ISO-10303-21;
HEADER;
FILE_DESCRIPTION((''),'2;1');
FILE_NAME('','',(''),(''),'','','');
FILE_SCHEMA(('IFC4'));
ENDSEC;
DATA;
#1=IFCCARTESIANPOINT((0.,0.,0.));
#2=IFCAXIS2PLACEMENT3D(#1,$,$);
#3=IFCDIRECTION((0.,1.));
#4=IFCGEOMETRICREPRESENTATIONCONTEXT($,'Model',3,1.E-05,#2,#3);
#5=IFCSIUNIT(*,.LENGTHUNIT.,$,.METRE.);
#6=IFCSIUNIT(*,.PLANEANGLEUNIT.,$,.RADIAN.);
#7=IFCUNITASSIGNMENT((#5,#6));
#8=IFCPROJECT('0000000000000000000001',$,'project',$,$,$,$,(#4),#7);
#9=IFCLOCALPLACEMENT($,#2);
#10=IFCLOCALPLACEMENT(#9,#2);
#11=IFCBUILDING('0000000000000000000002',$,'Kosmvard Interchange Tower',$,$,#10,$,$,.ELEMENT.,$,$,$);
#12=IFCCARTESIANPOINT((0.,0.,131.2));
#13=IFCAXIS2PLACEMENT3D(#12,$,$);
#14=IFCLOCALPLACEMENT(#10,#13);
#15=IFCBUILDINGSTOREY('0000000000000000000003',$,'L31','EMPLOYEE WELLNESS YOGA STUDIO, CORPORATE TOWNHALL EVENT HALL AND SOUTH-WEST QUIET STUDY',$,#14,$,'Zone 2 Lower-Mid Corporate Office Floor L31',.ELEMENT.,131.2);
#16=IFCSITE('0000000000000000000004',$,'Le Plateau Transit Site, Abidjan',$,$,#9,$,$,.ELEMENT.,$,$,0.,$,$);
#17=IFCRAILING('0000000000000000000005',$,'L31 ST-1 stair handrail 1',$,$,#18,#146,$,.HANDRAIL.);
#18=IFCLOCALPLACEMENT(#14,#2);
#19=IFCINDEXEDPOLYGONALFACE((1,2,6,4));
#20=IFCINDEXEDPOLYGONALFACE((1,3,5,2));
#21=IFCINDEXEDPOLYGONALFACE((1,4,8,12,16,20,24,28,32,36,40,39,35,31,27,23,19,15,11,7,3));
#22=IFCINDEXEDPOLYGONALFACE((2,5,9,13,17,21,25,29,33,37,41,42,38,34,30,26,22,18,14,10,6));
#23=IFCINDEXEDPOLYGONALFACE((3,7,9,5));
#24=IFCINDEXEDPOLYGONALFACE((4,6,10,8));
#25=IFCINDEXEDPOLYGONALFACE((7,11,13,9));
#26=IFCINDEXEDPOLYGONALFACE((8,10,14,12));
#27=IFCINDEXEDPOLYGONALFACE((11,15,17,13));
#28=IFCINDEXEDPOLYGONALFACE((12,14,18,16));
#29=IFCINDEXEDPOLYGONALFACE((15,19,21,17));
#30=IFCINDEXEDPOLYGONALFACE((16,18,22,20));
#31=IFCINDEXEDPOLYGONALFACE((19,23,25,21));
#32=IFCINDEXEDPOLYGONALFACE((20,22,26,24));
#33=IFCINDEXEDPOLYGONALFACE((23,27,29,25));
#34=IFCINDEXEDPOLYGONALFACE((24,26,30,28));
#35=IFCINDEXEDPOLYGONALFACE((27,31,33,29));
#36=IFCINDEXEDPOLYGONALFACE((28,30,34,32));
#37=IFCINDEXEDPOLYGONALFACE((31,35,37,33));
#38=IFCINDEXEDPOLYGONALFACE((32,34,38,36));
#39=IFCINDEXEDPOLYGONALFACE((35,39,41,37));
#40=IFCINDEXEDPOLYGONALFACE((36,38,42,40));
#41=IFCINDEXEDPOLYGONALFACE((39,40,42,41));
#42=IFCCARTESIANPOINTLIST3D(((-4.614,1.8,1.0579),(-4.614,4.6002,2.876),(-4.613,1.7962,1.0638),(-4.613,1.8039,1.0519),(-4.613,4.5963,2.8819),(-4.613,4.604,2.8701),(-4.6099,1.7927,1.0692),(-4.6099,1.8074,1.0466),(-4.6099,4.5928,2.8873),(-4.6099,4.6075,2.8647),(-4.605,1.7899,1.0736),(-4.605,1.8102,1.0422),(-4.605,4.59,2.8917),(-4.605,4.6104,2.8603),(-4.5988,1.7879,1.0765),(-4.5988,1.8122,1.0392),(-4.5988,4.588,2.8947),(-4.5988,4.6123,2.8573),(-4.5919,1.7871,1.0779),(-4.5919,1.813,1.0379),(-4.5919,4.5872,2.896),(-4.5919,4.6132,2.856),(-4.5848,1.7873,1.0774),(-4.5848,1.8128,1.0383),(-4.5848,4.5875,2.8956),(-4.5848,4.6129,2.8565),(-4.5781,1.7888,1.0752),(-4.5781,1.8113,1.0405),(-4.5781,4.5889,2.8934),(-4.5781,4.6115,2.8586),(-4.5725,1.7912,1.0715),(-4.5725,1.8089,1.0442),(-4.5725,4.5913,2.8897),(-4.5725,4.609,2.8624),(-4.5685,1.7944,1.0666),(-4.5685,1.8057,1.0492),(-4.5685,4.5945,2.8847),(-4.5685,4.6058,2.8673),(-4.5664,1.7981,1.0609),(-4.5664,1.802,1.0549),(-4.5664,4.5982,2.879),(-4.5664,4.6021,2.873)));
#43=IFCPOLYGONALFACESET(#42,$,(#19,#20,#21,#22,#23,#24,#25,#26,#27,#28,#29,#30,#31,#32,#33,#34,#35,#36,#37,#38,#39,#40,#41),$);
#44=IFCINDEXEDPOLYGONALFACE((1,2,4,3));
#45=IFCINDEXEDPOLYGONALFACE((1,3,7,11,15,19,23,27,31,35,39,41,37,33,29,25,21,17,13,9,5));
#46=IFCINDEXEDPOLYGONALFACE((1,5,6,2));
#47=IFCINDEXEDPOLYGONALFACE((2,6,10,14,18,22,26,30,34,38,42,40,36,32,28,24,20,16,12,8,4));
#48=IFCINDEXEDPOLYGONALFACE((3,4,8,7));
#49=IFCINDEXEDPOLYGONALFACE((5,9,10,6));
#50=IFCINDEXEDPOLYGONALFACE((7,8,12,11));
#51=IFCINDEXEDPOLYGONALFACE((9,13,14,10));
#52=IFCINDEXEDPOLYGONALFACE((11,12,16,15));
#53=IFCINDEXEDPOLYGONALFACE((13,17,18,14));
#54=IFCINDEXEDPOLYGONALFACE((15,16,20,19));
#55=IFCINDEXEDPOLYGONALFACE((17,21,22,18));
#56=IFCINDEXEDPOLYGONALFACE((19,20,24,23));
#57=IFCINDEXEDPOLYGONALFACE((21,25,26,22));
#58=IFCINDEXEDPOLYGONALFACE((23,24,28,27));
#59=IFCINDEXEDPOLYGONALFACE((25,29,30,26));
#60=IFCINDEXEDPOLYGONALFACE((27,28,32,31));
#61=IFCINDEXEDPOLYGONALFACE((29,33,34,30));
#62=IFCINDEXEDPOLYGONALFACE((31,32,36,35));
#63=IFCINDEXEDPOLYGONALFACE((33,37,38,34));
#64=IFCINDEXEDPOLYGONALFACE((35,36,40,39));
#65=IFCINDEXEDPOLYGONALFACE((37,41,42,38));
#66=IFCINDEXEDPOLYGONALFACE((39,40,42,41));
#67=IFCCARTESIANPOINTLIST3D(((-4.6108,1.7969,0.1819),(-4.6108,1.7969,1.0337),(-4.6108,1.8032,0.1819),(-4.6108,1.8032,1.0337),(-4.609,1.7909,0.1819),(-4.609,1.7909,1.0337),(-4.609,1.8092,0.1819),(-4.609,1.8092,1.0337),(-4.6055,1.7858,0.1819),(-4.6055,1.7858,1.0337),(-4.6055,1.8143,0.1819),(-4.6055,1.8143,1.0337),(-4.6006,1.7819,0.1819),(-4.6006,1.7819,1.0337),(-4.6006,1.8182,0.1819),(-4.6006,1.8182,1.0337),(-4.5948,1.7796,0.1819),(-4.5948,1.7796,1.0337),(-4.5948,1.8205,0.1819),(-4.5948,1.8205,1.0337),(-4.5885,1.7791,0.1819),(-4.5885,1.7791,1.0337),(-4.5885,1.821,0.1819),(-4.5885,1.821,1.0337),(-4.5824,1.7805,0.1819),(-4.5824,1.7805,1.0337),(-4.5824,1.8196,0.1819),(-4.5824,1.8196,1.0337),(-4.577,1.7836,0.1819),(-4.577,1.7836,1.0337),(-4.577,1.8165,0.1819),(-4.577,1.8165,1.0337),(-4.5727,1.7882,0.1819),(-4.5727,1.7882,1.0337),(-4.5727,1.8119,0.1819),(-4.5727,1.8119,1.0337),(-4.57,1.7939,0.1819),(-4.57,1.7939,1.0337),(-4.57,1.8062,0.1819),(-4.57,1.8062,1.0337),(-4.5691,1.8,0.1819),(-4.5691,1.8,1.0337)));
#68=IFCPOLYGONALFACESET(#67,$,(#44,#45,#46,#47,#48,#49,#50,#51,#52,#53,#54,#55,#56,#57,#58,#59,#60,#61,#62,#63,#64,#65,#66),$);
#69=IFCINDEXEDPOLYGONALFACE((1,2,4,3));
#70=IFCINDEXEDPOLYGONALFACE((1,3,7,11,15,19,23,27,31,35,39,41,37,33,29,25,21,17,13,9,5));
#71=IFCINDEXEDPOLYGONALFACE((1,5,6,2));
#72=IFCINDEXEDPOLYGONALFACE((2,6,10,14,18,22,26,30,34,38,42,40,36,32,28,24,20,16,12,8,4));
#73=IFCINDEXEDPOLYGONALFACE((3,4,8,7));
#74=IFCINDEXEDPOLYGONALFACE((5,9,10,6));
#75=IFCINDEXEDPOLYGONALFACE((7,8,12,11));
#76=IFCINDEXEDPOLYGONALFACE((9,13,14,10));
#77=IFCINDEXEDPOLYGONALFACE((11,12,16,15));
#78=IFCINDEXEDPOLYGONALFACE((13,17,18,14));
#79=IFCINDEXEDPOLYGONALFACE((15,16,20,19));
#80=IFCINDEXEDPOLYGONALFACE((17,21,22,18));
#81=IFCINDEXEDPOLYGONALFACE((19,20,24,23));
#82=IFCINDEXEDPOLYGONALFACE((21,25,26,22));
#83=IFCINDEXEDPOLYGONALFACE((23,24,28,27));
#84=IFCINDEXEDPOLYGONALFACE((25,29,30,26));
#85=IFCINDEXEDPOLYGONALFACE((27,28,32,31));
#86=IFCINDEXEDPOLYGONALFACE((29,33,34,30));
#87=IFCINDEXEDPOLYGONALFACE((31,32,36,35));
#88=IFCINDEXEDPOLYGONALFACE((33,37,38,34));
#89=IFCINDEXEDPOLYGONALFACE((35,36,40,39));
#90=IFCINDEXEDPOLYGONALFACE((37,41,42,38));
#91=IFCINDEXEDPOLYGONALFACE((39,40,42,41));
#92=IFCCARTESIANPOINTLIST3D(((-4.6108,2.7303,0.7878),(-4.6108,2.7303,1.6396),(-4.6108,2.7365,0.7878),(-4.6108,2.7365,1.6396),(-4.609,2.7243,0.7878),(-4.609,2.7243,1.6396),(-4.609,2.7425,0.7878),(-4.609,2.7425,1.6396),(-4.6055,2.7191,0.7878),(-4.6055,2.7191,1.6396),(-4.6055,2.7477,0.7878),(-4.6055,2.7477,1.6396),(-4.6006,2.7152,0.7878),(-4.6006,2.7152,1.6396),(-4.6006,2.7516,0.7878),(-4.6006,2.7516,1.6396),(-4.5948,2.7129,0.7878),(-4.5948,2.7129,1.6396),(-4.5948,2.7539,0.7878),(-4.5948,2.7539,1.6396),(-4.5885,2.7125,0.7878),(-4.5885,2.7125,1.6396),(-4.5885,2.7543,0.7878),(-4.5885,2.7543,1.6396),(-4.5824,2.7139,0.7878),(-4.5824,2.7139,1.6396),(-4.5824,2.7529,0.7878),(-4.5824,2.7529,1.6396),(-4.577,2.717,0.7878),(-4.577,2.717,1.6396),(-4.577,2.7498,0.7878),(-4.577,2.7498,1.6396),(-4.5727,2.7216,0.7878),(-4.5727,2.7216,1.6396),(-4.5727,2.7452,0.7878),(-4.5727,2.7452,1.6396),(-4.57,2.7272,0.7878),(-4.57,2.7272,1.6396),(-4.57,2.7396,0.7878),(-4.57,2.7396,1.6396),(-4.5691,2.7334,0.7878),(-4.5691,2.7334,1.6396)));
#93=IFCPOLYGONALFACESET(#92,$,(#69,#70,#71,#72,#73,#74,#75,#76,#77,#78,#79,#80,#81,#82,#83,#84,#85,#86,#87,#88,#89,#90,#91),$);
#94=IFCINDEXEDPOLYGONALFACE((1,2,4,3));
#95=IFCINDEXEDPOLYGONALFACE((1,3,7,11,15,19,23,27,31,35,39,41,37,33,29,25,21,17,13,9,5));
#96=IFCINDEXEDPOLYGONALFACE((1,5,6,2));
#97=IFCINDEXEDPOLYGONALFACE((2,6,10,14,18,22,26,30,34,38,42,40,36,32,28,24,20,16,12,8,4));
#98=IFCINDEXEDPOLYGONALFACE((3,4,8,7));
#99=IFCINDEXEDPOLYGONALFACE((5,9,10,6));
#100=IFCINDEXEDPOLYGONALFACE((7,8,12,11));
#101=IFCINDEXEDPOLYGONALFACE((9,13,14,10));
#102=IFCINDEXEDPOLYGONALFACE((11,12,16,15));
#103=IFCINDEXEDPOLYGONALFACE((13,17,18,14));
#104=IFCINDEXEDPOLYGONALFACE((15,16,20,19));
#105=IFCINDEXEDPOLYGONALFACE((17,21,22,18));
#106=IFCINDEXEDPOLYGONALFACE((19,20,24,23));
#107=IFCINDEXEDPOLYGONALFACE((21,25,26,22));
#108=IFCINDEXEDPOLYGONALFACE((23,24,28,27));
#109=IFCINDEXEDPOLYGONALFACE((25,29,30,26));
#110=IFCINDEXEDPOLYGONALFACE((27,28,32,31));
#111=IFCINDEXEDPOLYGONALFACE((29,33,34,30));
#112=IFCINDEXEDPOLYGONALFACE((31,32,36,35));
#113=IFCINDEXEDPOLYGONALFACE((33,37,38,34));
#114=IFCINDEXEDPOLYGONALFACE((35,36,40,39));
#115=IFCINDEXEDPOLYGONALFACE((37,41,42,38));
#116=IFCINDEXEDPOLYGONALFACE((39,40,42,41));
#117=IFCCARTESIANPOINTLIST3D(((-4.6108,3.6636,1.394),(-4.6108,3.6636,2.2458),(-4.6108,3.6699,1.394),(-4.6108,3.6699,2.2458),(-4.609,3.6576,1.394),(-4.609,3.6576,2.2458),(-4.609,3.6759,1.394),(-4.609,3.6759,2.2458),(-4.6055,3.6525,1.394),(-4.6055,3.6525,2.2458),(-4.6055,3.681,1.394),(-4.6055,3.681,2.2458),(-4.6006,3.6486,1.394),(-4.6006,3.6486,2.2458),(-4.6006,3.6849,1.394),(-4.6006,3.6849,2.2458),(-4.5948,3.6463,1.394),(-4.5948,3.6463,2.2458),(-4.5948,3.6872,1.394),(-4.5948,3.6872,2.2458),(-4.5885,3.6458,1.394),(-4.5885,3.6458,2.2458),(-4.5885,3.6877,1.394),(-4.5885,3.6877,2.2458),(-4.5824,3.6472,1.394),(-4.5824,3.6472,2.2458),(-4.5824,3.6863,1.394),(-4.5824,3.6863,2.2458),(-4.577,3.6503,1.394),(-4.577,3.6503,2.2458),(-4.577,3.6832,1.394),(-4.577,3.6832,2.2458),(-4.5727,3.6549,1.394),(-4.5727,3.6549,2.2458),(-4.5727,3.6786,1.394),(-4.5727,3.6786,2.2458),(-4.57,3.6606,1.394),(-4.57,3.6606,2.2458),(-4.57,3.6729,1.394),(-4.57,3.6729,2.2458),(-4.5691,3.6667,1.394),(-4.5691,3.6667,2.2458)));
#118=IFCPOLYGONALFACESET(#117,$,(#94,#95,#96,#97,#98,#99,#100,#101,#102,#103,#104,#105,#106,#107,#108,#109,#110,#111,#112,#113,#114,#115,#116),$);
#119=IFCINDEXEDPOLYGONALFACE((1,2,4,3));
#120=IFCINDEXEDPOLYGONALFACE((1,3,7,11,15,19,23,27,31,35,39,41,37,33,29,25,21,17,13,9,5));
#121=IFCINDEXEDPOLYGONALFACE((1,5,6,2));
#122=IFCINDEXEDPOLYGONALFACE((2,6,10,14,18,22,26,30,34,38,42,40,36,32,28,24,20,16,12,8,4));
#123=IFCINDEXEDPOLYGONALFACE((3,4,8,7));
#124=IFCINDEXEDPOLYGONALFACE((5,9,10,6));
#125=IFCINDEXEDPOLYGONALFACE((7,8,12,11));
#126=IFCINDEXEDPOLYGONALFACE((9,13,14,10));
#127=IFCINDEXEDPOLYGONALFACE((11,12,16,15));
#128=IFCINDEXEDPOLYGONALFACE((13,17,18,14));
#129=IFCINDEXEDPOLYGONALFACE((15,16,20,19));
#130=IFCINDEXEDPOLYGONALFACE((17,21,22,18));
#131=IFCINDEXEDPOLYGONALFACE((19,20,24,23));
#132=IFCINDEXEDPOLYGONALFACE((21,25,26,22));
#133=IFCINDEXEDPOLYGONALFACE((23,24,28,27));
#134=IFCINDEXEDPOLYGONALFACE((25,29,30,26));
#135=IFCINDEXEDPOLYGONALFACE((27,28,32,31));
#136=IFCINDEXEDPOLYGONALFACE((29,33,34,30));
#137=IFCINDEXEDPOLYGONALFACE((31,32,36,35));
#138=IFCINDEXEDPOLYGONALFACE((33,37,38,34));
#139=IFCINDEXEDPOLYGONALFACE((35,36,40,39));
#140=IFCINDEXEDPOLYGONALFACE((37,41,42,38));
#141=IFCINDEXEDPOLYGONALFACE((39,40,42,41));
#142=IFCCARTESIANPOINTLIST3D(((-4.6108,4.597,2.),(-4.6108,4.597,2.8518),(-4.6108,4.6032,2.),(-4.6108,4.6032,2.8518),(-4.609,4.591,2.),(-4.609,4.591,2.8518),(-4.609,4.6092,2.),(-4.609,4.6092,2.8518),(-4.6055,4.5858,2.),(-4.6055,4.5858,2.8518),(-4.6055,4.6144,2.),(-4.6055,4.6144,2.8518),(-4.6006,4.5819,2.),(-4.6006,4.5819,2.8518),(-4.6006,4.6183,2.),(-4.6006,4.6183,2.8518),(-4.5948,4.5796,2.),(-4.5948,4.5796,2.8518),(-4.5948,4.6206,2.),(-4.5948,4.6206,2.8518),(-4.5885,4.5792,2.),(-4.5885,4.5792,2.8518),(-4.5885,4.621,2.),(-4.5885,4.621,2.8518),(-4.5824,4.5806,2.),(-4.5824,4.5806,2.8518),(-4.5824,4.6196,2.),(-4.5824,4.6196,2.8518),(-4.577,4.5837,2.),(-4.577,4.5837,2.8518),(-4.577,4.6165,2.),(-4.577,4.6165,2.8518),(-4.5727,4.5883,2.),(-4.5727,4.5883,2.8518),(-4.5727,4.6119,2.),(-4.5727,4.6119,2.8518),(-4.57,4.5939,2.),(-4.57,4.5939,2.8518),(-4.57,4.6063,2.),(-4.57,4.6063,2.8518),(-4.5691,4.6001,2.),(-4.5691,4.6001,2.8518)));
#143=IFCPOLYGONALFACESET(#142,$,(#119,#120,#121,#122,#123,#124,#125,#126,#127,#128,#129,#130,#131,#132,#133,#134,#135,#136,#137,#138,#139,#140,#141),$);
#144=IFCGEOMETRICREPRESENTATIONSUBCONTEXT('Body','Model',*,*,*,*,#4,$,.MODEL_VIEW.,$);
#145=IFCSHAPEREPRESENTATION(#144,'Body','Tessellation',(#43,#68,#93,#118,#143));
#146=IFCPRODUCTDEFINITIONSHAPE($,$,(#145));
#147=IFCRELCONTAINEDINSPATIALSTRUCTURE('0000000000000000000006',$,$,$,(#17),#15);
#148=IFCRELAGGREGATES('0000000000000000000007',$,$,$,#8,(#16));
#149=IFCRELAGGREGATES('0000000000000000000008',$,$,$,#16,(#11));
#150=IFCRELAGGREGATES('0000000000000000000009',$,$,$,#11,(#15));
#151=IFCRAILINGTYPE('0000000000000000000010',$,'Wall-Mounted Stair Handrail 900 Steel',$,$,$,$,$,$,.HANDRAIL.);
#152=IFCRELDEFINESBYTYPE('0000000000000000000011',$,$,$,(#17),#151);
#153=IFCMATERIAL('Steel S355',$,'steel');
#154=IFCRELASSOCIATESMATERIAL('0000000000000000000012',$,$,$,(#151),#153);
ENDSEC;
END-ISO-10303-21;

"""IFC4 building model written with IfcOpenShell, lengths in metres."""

from ifc_helpers import new_model, si_unit, direction, frame, origin, origin_2d, place, context, subcontext, project, spatial, circle, extrude, source, transform, mapped, material, type_object, element, save


model = new_model("IFC4")

# Units and contexts
model_context = context("Model", 3, precision=1e-05, world=origin(), true_north=direction((0.0, 1.0)))
body_context = subcontext(model_context, "Body", "Model", "MODEL_VIEW")
ifc_project = project(units=[si_unit("LENGTHUNIT", "METRE"), si_unit("PLANEANGLEUNIT", "RADIAN")], contexts=[model_context])

# Site, building, storey
site_placement = place(None, origin())
site = spatial("IfcSite", under=ifc_project, at=site_placement, Name="Le Plateau Transit Site, Abidjan", CompositionType="ELEMENT", RefElevation=0.0)
building_placement = place(site_placement, origin())
building = spatial("IfcBuilding", under=site, at=building_placement, Name="Kosmvard Interchange Tower", CompositionType="ELEMENT")
storey_placement = place(building_placement, frame((0.0, 0.0, 131.2)))
storey = spatial("IfcBuildingStorey", under=building, at=storey_placement, Name="L31", Description="EMPLOYEE WELLNESS YOGA STUDIO, CORPORATE TOWNHALL EVENT HALL AND SOUTH-WEST QUIET STUDY", LongName="Zone 2 Lower-Mid Corporate Office Floor L31", CompositionType="ELEMENT", Elevation=131.2)

# Shared definitions
ifc_material_1 = material(Name="Steel S355", Category="steel")

# Railing
railing_type_1 = type_object("IfcRailingType", Name="Wall-Mounted Stair Handrail 900 Steel", PredefinedType="HANDRAIL", material=ifc_material_1)
shared_shape_1 = source(origin(), body_context, "Body", "SweptSolid", [
    extrude(circle(Radius=0.0239, at=origin_2d()), frame((0.0, 0.0, 0.876), z_axis=(0.0, 0.838706, 0.544585), x_axis=(-1.0, 0.0, 0.0)), (0.0, 0.0, 1.0), 3.3386),
    extrude(circle(Radius=0.021, at=origin_2d()), origin(), (0.0, 0.0, 1.0), 0.8518),
    extrude(circle(Radius=0.021, at=origin_2d()), frame((0.0, 0.9333, 0.606)), (0.0, 0.0, 1.0), 0.8518),
    extrude(circle(Radius=0.021, at=origin_2d()), frame((0.0, 1.8667, 1.2122)), (0.0, 0.0, 1.0), 0.8518),
    extrude(circle(Radius=0.021, at=origin_2d()), frame((0.0, 2.8, 1.8181)), (0.0, 0.0, 1.0), 0.8518),
])
railing_1_placement = place(storey_placement, frame((-4.5901, 1.8, 0.1819)))
element("IfcRailing", 1, at=railing_1_placement, inside=storey, type_object=railing_type_1, Name="L31 ST-1 stair handrail 1", PredefinedType="HANDRAIL", context=body_context, shape_type="MappedRepresentation", body=[
    mapped(shared_shape_1, transform((0.0, 0.0, 0.0), scale=1.0)),
])

save(model, "model.ifc")
